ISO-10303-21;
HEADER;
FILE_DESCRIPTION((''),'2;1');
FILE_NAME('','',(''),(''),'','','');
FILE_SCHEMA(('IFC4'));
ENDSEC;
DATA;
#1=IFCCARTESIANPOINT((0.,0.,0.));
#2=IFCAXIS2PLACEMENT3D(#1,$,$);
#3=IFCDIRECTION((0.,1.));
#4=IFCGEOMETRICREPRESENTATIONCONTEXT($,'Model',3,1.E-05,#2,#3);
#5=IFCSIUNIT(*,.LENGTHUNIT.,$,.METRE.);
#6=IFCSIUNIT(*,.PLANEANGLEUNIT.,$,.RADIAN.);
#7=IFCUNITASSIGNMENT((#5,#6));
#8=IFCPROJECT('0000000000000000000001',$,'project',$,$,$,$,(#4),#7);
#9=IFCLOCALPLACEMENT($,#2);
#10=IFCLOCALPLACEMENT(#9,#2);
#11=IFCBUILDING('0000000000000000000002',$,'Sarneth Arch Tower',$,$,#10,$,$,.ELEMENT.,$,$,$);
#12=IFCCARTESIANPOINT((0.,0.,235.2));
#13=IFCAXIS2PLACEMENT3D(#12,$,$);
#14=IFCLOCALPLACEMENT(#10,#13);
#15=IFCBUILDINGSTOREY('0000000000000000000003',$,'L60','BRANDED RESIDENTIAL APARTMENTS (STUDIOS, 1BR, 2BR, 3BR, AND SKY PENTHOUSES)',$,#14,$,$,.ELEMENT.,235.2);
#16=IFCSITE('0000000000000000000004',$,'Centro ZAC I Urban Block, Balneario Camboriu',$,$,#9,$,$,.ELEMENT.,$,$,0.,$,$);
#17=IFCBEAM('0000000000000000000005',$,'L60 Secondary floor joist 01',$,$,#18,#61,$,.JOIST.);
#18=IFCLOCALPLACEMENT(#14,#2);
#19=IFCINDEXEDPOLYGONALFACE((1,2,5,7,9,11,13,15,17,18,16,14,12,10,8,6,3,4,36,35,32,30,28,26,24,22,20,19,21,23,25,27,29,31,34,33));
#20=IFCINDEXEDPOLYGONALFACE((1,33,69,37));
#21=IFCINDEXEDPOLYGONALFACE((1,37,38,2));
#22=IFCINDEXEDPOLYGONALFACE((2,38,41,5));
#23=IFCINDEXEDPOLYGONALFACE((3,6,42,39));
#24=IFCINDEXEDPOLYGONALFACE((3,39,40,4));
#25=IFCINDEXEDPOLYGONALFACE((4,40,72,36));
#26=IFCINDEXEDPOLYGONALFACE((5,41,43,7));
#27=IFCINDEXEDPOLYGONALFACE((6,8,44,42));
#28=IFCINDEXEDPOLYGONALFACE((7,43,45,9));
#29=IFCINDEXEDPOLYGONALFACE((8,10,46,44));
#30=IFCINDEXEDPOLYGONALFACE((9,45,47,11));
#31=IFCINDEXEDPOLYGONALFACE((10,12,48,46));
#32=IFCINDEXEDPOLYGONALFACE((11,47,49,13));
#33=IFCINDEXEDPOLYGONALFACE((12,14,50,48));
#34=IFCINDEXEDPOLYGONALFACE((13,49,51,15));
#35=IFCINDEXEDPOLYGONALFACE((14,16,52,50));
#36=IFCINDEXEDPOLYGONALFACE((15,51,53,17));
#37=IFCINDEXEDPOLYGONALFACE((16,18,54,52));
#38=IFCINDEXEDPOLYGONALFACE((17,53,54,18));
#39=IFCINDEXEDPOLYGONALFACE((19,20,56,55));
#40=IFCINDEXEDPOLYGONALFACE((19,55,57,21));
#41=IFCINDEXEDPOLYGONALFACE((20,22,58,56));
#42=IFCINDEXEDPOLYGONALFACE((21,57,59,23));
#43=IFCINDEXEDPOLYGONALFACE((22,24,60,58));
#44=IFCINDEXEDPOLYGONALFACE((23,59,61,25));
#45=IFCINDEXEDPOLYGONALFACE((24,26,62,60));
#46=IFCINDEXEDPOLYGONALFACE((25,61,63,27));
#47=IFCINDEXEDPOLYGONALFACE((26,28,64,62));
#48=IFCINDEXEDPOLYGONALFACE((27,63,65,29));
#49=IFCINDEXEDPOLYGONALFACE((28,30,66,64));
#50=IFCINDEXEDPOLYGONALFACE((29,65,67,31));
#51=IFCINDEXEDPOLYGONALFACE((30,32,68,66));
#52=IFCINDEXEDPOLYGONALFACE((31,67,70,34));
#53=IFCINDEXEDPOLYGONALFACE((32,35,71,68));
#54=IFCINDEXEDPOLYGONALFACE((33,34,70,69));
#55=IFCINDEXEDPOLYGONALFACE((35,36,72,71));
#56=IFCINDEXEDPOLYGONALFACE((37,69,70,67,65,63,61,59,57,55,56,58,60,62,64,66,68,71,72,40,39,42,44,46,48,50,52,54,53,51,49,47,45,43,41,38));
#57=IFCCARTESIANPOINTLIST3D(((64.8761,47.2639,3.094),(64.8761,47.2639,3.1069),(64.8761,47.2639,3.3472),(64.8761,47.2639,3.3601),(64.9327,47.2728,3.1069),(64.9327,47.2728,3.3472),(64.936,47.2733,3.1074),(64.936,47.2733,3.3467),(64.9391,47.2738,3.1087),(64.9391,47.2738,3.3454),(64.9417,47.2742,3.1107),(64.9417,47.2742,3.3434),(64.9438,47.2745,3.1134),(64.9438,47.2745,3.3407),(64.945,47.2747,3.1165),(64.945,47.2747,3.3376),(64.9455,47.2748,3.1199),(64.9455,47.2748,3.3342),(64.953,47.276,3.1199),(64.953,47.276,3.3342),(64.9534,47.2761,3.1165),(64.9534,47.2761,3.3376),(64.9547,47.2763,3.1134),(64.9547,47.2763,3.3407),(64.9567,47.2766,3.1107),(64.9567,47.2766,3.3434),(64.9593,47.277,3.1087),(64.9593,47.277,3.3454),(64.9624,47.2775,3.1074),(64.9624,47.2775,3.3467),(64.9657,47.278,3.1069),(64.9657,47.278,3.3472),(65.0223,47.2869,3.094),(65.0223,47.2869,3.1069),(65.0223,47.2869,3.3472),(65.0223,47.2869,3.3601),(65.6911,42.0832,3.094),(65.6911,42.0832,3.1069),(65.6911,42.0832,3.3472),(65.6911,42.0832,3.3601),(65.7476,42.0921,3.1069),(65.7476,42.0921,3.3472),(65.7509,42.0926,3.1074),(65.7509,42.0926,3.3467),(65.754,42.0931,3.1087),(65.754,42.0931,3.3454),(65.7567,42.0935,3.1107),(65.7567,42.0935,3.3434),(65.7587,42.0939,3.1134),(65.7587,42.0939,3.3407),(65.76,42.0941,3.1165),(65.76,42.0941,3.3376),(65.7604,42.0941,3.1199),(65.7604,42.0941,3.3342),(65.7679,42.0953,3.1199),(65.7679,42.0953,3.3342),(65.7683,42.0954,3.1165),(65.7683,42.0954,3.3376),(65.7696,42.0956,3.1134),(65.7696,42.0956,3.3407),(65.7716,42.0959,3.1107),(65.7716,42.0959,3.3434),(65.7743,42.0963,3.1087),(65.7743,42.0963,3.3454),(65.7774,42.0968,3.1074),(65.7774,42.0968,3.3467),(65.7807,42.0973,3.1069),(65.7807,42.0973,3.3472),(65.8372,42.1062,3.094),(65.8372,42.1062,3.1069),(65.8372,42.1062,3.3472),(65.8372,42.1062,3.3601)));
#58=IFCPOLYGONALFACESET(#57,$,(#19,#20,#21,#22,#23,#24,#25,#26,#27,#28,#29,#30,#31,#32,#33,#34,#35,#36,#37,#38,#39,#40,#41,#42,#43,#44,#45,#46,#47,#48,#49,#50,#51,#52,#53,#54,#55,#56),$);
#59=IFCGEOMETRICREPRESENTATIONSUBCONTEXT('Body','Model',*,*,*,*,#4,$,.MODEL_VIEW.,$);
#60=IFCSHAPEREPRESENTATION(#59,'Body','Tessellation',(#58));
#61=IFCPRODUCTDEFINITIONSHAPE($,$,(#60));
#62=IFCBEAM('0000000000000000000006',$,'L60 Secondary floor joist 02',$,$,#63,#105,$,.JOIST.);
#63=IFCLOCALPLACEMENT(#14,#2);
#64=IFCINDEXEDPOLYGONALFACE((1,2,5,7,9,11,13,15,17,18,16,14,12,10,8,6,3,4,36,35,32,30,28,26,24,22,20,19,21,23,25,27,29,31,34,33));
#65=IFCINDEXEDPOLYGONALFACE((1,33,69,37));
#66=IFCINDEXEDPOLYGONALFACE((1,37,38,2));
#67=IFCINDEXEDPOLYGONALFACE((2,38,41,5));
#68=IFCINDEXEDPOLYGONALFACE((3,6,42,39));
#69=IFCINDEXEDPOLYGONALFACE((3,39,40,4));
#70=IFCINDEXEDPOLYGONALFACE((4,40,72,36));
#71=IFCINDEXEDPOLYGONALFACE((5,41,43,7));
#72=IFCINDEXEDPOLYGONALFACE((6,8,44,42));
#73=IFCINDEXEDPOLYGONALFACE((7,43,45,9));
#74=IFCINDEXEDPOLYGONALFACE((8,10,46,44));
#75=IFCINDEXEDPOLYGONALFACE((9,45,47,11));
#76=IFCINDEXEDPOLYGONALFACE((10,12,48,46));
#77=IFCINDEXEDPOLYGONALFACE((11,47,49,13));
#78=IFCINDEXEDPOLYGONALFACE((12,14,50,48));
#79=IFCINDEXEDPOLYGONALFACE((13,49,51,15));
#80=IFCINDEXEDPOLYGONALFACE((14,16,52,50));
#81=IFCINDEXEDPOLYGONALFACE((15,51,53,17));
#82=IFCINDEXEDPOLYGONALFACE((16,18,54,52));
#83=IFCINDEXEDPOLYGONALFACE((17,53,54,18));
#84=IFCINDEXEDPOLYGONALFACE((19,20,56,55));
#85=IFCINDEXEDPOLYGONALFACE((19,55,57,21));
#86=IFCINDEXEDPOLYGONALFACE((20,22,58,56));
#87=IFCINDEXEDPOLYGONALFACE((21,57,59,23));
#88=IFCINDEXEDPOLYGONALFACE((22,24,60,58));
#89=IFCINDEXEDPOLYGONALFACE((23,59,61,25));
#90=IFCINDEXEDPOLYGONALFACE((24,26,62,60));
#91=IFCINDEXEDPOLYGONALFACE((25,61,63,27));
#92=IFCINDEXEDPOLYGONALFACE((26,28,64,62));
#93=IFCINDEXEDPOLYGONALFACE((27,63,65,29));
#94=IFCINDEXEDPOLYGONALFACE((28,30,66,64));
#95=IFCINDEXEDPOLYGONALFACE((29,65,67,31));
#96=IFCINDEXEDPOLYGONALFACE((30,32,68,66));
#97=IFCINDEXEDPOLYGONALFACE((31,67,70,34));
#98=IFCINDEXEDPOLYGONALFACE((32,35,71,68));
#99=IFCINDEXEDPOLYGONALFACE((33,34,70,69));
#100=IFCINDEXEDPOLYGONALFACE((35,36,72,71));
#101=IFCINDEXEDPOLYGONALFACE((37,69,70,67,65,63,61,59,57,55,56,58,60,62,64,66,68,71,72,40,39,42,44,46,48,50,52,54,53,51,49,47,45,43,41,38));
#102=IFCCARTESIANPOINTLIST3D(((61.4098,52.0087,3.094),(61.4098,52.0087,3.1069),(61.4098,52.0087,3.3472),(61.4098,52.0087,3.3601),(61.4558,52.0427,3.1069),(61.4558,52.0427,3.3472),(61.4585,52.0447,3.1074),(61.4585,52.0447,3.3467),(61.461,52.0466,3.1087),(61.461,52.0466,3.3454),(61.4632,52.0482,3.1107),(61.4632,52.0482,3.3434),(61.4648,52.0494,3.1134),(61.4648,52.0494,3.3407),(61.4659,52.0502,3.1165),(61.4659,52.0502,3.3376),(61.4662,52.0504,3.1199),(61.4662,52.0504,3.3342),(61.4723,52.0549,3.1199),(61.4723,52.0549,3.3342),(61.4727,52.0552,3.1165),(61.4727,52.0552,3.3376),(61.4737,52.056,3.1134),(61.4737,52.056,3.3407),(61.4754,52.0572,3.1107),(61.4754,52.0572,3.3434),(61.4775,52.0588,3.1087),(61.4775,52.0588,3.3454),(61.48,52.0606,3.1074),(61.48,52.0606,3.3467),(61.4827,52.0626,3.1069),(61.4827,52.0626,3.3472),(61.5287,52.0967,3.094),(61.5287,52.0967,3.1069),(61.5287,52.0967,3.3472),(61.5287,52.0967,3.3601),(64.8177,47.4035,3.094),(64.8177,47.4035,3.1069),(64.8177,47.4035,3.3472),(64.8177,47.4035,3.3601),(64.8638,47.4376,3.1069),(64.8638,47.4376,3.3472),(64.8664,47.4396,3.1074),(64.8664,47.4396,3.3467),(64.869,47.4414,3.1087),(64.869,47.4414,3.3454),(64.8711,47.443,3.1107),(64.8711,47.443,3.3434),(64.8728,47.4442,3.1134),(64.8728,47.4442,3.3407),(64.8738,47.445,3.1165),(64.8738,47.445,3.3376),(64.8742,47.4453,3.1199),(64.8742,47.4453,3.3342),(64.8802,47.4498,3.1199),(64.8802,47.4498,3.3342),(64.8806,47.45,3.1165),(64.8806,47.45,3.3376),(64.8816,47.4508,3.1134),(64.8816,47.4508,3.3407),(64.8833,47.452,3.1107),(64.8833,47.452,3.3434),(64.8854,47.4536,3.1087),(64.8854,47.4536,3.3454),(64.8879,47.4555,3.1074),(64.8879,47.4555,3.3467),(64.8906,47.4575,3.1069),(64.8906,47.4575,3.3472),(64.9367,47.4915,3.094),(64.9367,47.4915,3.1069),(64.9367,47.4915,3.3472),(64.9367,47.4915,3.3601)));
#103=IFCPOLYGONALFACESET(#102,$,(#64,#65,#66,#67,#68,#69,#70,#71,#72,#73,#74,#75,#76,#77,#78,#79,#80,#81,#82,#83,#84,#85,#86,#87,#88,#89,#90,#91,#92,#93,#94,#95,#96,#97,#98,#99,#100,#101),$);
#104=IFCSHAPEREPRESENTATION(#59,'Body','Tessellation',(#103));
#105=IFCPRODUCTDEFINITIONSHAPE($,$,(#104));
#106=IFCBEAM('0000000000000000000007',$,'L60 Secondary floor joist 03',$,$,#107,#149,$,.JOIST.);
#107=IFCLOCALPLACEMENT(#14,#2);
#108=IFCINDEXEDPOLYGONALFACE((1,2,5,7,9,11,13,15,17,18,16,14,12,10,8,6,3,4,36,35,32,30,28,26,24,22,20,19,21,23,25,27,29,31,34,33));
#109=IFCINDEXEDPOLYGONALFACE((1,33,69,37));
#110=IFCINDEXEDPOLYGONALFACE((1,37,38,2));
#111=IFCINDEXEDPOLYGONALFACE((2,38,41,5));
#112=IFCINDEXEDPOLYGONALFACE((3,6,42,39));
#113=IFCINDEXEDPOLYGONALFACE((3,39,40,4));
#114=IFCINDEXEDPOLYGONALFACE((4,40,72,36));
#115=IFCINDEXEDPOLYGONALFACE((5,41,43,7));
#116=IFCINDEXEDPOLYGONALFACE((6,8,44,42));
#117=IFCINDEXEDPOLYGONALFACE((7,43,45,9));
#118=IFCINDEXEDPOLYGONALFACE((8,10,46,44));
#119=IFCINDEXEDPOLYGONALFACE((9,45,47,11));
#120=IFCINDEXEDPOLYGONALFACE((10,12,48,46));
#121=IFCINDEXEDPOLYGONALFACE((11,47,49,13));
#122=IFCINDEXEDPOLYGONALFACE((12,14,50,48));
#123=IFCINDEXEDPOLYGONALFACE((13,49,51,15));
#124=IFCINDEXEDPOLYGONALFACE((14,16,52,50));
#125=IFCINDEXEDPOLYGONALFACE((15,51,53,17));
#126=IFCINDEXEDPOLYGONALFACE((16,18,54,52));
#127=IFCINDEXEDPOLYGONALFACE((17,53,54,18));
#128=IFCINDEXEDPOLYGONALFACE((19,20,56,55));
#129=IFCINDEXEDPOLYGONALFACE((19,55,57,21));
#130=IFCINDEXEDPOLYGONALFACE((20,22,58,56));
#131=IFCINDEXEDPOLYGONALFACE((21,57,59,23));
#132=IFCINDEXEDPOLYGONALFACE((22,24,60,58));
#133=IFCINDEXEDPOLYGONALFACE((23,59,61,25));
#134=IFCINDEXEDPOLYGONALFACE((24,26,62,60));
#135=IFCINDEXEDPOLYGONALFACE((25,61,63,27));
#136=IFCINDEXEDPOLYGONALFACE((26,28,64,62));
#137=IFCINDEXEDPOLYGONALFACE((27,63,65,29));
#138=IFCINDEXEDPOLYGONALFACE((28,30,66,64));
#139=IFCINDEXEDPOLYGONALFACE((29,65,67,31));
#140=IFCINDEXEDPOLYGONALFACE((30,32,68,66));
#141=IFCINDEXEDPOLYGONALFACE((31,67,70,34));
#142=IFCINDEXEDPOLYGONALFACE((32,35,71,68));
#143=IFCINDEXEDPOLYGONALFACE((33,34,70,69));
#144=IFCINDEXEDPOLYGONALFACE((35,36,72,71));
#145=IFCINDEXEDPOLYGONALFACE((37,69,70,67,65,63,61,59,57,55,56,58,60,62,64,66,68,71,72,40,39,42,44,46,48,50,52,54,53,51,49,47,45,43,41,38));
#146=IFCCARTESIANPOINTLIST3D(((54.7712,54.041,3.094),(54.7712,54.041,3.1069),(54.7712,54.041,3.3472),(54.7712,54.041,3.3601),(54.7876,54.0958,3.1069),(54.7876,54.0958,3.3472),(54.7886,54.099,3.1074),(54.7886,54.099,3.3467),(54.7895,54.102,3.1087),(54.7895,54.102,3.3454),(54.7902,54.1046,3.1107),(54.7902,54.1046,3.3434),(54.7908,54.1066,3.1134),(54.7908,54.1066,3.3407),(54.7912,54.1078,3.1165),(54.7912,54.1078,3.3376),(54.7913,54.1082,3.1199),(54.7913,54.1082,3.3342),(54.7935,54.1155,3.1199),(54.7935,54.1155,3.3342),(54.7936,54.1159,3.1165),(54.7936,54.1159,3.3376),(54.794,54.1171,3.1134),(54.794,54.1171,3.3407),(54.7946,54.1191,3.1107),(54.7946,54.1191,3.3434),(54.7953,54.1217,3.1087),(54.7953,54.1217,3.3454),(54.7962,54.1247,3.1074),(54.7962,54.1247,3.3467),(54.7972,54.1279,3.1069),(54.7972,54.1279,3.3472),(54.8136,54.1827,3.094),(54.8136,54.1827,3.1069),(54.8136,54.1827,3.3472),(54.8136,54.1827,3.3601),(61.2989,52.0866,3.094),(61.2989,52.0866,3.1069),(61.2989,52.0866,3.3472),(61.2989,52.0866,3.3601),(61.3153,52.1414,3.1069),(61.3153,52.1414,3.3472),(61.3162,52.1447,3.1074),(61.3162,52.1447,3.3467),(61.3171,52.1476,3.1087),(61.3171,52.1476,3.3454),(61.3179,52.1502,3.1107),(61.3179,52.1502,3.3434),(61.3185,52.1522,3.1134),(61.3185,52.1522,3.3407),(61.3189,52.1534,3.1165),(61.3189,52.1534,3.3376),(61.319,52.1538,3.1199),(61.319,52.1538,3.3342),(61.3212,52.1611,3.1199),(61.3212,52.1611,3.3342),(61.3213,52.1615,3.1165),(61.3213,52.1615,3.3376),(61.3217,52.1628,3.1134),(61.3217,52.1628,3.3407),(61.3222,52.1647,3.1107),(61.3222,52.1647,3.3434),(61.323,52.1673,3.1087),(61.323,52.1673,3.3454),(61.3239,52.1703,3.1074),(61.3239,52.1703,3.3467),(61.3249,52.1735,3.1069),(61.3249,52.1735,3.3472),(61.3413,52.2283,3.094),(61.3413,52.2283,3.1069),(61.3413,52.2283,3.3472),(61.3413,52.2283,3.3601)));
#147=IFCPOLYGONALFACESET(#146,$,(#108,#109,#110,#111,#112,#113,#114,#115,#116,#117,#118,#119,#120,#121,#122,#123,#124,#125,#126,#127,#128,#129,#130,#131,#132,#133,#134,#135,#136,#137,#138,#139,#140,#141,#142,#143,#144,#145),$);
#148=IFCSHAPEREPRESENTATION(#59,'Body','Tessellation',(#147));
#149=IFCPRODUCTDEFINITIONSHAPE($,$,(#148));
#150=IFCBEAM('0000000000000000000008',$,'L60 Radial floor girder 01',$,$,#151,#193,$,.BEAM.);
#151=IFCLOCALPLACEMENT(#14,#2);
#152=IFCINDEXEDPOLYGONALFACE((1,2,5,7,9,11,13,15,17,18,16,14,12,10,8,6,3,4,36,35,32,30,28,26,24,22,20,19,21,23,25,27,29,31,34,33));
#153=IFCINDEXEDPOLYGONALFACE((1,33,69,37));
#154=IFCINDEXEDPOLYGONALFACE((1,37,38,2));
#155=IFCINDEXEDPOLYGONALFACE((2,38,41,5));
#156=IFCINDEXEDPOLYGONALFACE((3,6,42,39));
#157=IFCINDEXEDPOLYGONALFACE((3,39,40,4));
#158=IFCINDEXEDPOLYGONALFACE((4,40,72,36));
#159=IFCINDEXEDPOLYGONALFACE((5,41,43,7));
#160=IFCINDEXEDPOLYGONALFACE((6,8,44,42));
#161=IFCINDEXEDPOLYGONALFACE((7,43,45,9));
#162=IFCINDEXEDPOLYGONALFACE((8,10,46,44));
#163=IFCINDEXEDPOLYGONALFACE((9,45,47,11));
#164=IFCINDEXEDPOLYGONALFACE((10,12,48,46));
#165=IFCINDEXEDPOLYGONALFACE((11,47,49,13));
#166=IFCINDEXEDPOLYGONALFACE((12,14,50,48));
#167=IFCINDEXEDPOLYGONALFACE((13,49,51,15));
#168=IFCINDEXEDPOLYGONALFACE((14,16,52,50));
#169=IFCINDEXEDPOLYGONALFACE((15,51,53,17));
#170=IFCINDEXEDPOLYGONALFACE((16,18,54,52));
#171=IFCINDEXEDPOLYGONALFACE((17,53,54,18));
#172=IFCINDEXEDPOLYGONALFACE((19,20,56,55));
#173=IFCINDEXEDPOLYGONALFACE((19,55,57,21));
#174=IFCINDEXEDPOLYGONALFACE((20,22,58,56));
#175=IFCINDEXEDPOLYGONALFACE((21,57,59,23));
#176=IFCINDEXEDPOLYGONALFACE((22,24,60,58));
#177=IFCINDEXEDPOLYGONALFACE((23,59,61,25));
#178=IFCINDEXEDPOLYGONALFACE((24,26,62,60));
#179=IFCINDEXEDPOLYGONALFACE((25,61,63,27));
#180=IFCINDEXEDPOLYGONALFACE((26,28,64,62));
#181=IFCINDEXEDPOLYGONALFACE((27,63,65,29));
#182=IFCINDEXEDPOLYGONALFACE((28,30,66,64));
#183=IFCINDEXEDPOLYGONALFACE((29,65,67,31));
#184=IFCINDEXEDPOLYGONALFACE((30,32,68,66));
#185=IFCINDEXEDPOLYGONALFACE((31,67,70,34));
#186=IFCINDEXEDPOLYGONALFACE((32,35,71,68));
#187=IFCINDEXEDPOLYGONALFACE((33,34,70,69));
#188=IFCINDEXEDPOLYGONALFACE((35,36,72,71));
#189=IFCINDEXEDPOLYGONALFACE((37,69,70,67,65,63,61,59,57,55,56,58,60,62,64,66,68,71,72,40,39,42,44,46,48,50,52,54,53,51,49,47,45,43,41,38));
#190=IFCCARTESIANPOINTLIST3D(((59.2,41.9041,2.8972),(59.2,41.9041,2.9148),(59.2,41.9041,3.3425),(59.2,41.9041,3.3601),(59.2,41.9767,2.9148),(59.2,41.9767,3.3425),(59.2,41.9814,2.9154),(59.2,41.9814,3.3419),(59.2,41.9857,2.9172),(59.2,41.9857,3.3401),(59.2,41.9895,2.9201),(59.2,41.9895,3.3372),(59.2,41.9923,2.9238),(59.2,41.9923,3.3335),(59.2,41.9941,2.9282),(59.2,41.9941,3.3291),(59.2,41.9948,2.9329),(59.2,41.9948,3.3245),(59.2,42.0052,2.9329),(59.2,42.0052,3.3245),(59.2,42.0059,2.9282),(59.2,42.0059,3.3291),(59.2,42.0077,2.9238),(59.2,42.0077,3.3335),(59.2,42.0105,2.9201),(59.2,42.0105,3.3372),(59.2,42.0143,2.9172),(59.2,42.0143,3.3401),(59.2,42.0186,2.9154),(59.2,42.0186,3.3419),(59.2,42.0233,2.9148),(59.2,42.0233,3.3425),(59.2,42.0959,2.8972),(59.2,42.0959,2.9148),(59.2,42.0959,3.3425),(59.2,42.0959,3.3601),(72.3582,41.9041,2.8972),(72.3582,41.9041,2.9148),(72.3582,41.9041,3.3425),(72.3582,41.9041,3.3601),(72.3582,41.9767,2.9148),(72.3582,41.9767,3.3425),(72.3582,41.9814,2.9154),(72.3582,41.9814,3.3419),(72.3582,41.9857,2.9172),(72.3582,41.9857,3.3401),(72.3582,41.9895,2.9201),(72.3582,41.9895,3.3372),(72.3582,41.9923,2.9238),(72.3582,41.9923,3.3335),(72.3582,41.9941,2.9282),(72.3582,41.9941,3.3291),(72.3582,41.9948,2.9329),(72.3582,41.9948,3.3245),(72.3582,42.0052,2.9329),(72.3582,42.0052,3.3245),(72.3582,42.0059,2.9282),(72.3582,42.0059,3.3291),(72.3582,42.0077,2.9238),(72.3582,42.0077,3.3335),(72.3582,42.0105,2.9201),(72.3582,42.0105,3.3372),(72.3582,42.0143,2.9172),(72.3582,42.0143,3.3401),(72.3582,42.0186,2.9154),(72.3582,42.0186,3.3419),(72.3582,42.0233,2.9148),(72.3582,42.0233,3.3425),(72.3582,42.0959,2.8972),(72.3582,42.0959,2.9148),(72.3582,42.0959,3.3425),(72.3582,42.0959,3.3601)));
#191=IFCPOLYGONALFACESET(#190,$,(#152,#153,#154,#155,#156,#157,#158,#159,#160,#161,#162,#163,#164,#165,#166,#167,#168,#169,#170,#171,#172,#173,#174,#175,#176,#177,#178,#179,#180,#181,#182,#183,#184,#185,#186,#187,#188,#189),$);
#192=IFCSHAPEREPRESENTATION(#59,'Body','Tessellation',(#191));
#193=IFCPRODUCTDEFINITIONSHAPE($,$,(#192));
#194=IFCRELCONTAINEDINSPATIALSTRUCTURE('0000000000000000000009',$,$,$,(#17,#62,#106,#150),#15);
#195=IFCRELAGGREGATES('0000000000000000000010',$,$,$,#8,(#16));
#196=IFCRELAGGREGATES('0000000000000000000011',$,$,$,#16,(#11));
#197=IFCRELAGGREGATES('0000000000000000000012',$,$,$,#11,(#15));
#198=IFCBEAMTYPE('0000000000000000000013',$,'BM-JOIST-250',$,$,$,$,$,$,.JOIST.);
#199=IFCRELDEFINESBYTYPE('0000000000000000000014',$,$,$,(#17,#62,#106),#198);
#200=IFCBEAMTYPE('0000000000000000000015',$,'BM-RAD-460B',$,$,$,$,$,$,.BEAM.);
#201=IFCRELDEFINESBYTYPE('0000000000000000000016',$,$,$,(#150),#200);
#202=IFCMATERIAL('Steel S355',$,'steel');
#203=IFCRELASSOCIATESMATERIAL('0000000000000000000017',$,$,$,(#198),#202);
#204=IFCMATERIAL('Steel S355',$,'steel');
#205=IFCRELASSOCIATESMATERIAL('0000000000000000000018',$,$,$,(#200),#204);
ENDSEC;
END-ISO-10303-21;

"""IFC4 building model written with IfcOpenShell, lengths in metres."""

from ifc_helpers import new_model, si_unit, direction, frame, origin, origin_2d, place, context, subcontext, project, spatial, i_section, extrude, material, material_profile, profile_set, type_object, element, save


model = new_model("IFC4")

# Units and contexts
model_context = context("Model", 3, precision=1e-05, world=origin(), true_north=direction((0.0, 1.0)))
body_context = subcontext(model_context, "Body", "Model", "MODEL_VIEW")
ifc_project = project(units=[si_unit("LENGTHUNIT", "METRE"), si_unit("PLANEANGLEUNIT", "RADIAN")], contexts=[model_context])

# Site, building, storey
site_placement = place(None, origin())
site = spatial("IfcSite", under=ifc_project, at=site_placement, Name="Centro ZAC I Urban Block, Balneario Camboriu", CompositionType="ELEMENT", RefElevation=0.0)
building_placement = place(site_placement, origin())
building = spatial("IfcBuilding", under=site, at=building_placement, Name="Sarneth Arch Tower", CompositionType="ELEMENT")
storey_placement = place(building_placement, frame((0.0, 0.0, 235.2)))
storey = spatial("IfcBuildingStorey", under=building, at=storey_placement, Name="L60", Description="BRANDED RESIDENTIAL APARTMENTS (STUDIOS, 1BR, 2BR, 3BR, AND SKY PENTHOUSES)", CompositionType="ELEMENT", Elevation=235.2)

# Beams
ifc_material_1 = material(Name="Steel S355", Category="steel")
ifc_material_profile_1 = material_profile(ifc_material_1, i_section(OverallWidth=0.1479, OverallDepth=0.2661, WebThickness=0.0076, FlangeThickness=0.0129, FilletRadius=0.0129, at=origin_2d()), Name="W250x44.8")
ifc_profile_set_1 = profile_set([ifc_material_profile_1], Name="Steel S355")
beam_type_1 = type_object("IfcBeamType", Name="BM-JOIST-250", PredefinedType="JOIST", material=ifc_profile_set_1)
beam_1_placement = place(storey_placement, frame((65.7642, 42.0947, 3.2271), z_axis=(-0.155394, 0.987853, 0.0), x_axis=(-0.987853, -0.155394, 0.0)))
element("IfcBeam", 1, at=beam_1_placement, inside=storey, type_object=beam_type_1, Name="L60 Secondary floor joist 01", PredefinedType="JOIST", context=body_context, shape_type="SweptSolid", body=[
    extrude(i_section(OverallWidth=0.1479, OverallDepth=0.2661, WebThickness=0.0076, FlangeThickness=0.0129, FilletRadius=0.0129, at=origin_2d()), origin(), (0.0, 0.0, 1.0), 5.2444),
])
beam_2_placement = place(storey_placement, frame((64.8772, 47.4475, 3.2271), z_axis=(-0.594853, 0.803834, 0.0), x_axis=(-0.803834, -0.594853, 0.0)))
element("IfcBeam", 2, at=beam_2_placement, inside=storey, type_object=beam_type_1, Name="L60 Secondary floor joist 02", PredefinedType="JOIST", context=body_context, shape_type="SweptSolid", body=[
    extrude(i_section(OverallWidth=0.1479, OverallDepth=0.2661, WebThickness=0.0076, FlangeThickness=0.0129, FilletRadius=0.0129, at=origin_2d()), origin(), (0.0, 0.0, 1.0), 5.729),
])
beam_3_placement = place(storey_placement, frame((61.3201, 52.1575, 3.2271), z_axis=(-0.957985, 0.286819, 0.0), x_axis=(-0.286819, -0.957985, 0.0)))
element("IfcBeam", 3, at=beam_3_placement, inside=storey, type_object=beam_type_1, Name="L60 Secondary floor joist 03", PredefinedType="JOIST", context=body_context, shape_type="SweptSolid", body=[
    extrude(i_section(OverallWidth=0.1479, OverallDepth=0.2661, WebThickness=0.0076, FlangeThickness=0.0129, FilletRadius=0.0129, at=origin_2d()), origin(), (0.0, 0.0, 1.0), 6.814),
])
ifc_material_2 = material(Name="Steel S355", Category="steel")
ifc_material_profile_2 = material_profile(ifc_material_2, i_section(OverallWidth=0.1919, OverallDepth=0.4629, WebThickness=0.0105, FlangeThickness=0.0176, FilletRadius=0.0181, at=origin_2d()), Name="W460x89")
ifc_profile_set_2 = profile_set([ifc_material_profile_2], Name="Steel S355")
beam_type_2 = type_object("IfcBeamType", Name="BM-RAD-460B", PredefinedType="BEAM", material=ifc_profile_set_2)
beam_4_placement = place(storey_placement, frame((59.2, 42.0, 3.1287), z_axis=(1.0, 0.0, 0.0), x_axis=(0.0, 1.0, 0.0)))
element("IfcBeam", 4, at=beam_4_placement, inside=storey, type_object=beam_type_2, Name="L60 Radial floor girder 01", PredefinedType="BEAM", context=body_context, shape_type="SweptSolid", body=[
    extrude(i_section(OverallWidth=0.1919, OverallDepth=0.4629, WebThickness=0.0105, FlangeThickness=0.0176, FilletRadius=0.0181, at=origin_2d()), origin(), (0.0, 0.0, 1.0), 13.1582),
])

save(model, "model.ifc")
